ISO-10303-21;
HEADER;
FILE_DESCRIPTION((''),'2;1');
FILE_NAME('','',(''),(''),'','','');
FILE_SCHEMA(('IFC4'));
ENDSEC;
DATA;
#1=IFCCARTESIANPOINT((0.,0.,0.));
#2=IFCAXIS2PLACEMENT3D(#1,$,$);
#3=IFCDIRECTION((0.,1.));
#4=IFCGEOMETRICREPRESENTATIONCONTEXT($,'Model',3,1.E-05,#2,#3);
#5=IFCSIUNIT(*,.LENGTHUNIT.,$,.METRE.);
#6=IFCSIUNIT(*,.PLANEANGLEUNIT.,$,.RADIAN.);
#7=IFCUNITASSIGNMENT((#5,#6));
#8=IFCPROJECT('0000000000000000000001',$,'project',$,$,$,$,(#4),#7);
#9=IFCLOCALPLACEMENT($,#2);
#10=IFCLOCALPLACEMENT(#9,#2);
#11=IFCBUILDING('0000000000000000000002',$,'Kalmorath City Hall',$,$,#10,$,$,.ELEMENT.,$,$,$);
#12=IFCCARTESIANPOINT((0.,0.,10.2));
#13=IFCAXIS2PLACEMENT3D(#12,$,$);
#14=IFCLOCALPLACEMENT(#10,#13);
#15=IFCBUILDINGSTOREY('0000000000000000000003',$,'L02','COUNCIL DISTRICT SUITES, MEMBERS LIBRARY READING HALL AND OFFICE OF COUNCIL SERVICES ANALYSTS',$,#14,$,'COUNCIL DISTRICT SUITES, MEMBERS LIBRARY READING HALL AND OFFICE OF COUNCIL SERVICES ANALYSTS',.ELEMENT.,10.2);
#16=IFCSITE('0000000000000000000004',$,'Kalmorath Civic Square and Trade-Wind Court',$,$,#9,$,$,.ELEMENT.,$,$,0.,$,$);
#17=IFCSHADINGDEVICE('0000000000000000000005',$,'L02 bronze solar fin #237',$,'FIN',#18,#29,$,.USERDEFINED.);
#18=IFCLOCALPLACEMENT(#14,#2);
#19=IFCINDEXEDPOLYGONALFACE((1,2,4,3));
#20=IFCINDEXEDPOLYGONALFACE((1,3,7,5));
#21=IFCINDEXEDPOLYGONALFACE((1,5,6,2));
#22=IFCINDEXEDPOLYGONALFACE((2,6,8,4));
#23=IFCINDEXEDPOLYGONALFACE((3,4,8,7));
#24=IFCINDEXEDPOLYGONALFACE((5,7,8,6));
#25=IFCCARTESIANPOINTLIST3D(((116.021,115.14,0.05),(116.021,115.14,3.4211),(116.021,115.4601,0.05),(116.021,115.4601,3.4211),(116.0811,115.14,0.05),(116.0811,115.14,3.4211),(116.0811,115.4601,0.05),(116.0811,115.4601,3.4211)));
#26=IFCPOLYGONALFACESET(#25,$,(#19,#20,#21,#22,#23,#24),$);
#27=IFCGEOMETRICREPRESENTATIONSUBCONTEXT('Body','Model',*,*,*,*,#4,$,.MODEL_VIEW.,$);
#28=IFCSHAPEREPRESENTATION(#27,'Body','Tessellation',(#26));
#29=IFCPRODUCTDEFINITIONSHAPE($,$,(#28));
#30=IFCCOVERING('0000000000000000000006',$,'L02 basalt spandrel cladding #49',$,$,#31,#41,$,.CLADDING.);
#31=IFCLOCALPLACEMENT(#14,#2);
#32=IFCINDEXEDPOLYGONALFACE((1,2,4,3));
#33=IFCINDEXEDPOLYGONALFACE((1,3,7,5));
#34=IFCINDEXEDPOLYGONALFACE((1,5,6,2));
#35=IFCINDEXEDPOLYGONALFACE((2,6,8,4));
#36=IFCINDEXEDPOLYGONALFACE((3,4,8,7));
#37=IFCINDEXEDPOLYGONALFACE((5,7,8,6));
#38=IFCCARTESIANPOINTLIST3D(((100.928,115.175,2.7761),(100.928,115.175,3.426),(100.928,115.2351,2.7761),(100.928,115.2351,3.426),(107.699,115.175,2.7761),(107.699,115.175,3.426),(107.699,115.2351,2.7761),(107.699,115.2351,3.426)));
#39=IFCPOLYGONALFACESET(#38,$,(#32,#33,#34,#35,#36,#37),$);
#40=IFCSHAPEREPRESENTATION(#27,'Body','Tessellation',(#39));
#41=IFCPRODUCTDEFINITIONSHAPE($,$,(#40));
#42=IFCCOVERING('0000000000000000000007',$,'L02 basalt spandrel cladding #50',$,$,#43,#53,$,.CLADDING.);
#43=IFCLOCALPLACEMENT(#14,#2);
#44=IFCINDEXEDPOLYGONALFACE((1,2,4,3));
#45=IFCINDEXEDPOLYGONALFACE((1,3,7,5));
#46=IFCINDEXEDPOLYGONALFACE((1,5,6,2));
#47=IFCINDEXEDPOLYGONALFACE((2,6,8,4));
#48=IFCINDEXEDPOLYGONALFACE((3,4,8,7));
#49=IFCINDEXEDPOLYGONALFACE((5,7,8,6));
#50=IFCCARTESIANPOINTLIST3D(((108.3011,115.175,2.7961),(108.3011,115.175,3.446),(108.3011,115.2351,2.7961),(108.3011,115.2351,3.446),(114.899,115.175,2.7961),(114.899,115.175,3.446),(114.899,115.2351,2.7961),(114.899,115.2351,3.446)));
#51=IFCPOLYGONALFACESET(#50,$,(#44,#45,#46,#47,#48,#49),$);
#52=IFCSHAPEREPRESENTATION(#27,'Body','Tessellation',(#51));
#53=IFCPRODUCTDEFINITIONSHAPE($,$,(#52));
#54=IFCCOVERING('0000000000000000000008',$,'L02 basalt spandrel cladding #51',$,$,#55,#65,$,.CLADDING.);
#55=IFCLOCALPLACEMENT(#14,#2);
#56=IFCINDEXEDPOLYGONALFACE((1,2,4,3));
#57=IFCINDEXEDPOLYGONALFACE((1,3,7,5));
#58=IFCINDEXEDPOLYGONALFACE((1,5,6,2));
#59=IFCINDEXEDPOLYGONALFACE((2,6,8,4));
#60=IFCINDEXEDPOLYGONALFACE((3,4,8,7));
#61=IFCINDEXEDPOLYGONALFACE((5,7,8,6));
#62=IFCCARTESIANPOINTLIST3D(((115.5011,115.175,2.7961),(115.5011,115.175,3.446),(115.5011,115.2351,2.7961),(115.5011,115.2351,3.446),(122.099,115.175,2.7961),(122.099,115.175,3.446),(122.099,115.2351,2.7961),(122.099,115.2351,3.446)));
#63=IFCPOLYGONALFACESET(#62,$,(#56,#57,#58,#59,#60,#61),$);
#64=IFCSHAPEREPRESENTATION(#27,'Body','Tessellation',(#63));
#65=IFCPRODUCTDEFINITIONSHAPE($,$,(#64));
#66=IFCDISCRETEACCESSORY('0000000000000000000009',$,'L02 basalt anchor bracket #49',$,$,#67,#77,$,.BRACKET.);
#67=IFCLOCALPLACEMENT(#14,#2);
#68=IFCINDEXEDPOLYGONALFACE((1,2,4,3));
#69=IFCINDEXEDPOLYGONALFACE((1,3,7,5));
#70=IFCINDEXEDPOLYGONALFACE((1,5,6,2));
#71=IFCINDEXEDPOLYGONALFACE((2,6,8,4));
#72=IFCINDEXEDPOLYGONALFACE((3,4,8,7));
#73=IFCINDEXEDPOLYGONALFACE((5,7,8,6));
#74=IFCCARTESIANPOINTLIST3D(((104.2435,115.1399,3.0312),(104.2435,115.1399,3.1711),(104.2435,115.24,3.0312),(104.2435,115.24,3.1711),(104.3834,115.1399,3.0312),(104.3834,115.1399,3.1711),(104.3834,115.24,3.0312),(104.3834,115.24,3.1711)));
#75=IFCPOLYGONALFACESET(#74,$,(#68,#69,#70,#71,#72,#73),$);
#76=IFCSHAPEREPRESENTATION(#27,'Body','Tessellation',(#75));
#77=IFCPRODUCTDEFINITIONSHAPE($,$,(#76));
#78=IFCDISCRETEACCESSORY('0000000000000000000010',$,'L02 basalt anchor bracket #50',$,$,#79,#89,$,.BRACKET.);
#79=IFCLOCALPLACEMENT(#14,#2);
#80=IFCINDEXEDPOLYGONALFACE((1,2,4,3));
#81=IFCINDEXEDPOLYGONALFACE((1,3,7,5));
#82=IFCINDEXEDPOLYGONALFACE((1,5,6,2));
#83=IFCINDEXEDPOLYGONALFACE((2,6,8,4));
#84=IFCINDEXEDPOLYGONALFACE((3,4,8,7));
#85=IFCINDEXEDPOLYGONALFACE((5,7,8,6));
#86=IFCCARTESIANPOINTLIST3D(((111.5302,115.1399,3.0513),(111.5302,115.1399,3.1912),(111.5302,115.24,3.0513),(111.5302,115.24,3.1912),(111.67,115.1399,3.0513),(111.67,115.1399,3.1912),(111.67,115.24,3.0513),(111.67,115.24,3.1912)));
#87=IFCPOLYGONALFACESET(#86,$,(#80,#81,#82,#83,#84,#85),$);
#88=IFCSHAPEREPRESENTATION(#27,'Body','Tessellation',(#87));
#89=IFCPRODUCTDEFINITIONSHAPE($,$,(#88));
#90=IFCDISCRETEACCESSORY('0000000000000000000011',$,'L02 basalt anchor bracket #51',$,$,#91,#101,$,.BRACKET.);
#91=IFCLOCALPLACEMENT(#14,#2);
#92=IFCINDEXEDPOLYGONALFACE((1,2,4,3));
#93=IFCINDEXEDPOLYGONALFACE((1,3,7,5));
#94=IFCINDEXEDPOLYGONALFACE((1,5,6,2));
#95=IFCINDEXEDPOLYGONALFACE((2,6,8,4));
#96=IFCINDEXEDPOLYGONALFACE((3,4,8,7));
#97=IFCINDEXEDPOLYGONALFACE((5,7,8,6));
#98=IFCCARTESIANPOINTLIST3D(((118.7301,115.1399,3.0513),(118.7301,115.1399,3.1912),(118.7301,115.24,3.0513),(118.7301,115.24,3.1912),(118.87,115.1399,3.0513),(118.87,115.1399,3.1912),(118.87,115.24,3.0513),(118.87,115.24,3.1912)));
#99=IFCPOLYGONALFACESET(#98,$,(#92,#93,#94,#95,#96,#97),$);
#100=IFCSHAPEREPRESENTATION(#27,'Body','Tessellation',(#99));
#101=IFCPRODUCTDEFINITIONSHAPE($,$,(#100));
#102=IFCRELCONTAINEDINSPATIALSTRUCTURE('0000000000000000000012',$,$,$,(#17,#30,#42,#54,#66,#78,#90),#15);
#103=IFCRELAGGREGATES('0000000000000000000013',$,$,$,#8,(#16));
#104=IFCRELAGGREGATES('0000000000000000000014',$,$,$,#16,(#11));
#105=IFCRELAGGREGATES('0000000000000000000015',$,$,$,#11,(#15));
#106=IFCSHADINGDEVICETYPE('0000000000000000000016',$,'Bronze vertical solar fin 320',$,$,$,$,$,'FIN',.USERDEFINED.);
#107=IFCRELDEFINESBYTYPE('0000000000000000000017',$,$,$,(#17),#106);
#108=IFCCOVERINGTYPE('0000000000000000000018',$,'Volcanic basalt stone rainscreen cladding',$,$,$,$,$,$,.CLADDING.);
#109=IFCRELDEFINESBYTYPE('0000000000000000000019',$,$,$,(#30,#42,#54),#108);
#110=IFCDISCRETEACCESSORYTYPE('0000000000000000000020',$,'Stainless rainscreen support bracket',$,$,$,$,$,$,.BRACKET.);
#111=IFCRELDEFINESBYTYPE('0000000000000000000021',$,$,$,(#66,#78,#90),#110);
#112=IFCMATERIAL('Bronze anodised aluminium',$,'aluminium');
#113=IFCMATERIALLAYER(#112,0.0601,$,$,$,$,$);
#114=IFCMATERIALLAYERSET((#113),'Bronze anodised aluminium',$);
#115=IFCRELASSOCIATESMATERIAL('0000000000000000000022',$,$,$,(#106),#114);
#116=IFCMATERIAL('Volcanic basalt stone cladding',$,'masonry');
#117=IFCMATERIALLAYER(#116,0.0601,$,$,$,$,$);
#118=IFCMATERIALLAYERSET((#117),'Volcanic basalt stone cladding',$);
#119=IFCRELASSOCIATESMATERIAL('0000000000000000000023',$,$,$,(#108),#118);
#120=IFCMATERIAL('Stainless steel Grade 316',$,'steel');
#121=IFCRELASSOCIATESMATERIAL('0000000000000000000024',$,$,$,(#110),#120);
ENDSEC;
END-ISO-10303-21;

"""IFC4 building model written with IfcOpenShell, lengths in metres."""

from ifc_helpers import new_model, si_unit, direction, frame, origin, origin_2d, place, context, subcontext, project, spatial, rectangle, extrude, material, layer, layer_set, type_object, element, save


model = new_model("IFC4")

# Units and contexts
model_context = context("Model", 3, precision=1e-05, world=origin(), true_north=direction((0.0, 1.0)))
body_context = subcontext(model_context, "Body", "Model", "MODEL_VIEW")
ifc_project = project(units=[si_unit("LENGTHUNIT", "METRE"), si_unit("PLANEANGLEUNIT", "RADIAN")], contexts=[model_context])

# Site, building, storey
site_placement = place(None, origin())
site = spatial("IfcSite", under=ifc_project, at=site_placement, Name="Kalmorath Civic Square and Trade-Wind Court", CompositionType="ELEMENT", RefElevation=0.0)
building_placement = place(site_placement, origin())
building = spatial("IfcBuilding", under=site, at=building_placement, Name="Kalmorath City Hall", CompositionType="ELEMENT")
storey_placement = place(building_placement, frame((0.0, 0.0, 10.2)))
storey = spatial("IfcBuildingStorey", under=building, at=storey_placement, Name="L02", Description="COUNCIL DISTRICT SUITES, MEMBERS LIBRARY READING HALL AND OFFICE OF COUNCIL SERVICES ANALYSTS", LongName="COUNCIL DISTRICT SUITES, MEMBERS LIBRARY READING HALL AND OFFICE OF COUNCIL SERVICES ANALYSTS", CompositionType="ELEMENT", Elevation=10.2)

# Shading device
ifc_material_1 = material(Name="Bronze anodised aluminium", Category="aluminium")
ifc_layer_1 = layer(ifc_material_1, 0.0601)
ifc_layer_set_1 = layer_set([ifc_layer_1], Name="Bronze anodised aluminium")
shading_device_type = type_object("IfcShadingDeviceType", Name="Bronze vertical solar fin 320", ElementType="FIN", PredefinedType="USERDEFINED", material=ifc_layer_set_1)
for number, where, z_axis, x_axis, name in (
    (1, (116.051, 115.3, 0.05), (0.0, 0.0, 1.0), (1.0, 0.0, 0.0), "L02 bronze solar fin #237"),
):
    element("IfcShadingDevice", number, at=place(storey_placement, frame(where, z_axis=z_axis, x_axis=x_axis)), inside=storey, type_object=shading_device_type, Name=name, ObjectType="FIN", PredefinedType="USERDEFINED", context=body_context, shape_type="SweptSolid", body=[
        extrude(rectangle(XDim=0.0601, YDim=0.3201, at=origin_2d()), origin(), (0.0, 0.0, 1.0), 3.3711),
    ])

# Coverings
ifc_material_2 = material(Name="Volcanic basalt stone cladding", Category="masonry")
ifc_layer_2 = layer(ifc_material_2, 0.0601)
ifc_layer_set_2 = layer_set([ifc_layer_2], Name="Volcanic basalt stone cladding")
covering_type = type_object("IfcCoveringType", Name="Volcanic basalt stone rainscreen cladding", PredefinedType="CLADDING", material=ifc_layer_set_2)
covering_placement = place(storey_placement, frame((104.3135, 115.2051, 2.7761), z_axis=(0.0, 0.0, 1.0), x_axis=(1.0, 0.0, 0.0)))
element("IfcCovering", 2, at=covering_placement, inside=storey, type_object=covering_type, Name="L02 basalt spandrel cladding #49", PredefinedType="CLADDING", context=body_context, shape_type="SweptSolid", body=[
    extrude(rectangle(XDim=6.771, YDim=0.0601, at=origin_2d()), origin(), (0.0, 0.0, 1.0), 0.6499),
])
for number, where, z_axis, x_axis, name in (
    (3, (111.6001, 115.2051, 2.7961), (0.0, 0.0, 1.0), (1.0, 0.0, 0.0), "L02 basalt spandrel cladding #50"),
    (4, (118.8, 115.2051, 2.7961), (0.0, 0.0, 1.0), (1.0, 0.0, 0.0), "L02 basalt spandrel cladding #51"),
):
    element("IfcCovering", number, at=place(storey_placement, frame(where, z_axis=z_axis, x_axis=x_axis)), inside=storey, type_object=covering_type, Name=name, PredefinedType="CLADDING", context=body_context, shape_type="SweptSolid", body=[
        extrude(rectangle(XDim=6.5979, YDim=0.0601, at=origin_2d()), origin(), (0.0, 0.0, 1.0), 0.6499),
    ])

# Discrete accessories
ifc_material_3 = material(Name="Stainless steel Grade 316", Category="steel")
discrete_accessory_type = type_object("IfcDiscreteAccessoryType", Name="Stainless rainscreen support bracket", PredefinedType="BRACKET", material=ifc_material_3)
for number, where, z_axis, x_axis, name in (
    (5, (104.3135, 115.1899, 3.0312), (0.0, 0.0, 1.0), (1.0, 0.0, 0.0), "L02 basalt anchor bracket #49"),
    (6, (111.6001, 115.1899, 3.0513), (0.0, 0.0, 1.0), (1.0, 0.0, 0.0), "L02 basalt anchor bracket #50"),
    (7, (118.8, 115.1899, 3.0513), (0.0, 0.0, 1.0), (1.0, 0.0, 0.0), "L02 basalt anchor bracket #51"),
):
    element("IfcDiscreteAccessory", number, at=place(storey_placement, frame(where, z_axis=z_axis, x_axis=x_axis)), inside=storey, type_object=discrete_accessory_type, Name=name, PredefinedType="BRACKET", context=body_context, shape_type="SweptSolid", body=[
        extrude(rectangle(XDim=0.1399, YDim=0.1001, at=origin_2d()), origin(), (0.0, 0.0, 1.0), 0.1399),
    ])

save(model, "model.ifc")
